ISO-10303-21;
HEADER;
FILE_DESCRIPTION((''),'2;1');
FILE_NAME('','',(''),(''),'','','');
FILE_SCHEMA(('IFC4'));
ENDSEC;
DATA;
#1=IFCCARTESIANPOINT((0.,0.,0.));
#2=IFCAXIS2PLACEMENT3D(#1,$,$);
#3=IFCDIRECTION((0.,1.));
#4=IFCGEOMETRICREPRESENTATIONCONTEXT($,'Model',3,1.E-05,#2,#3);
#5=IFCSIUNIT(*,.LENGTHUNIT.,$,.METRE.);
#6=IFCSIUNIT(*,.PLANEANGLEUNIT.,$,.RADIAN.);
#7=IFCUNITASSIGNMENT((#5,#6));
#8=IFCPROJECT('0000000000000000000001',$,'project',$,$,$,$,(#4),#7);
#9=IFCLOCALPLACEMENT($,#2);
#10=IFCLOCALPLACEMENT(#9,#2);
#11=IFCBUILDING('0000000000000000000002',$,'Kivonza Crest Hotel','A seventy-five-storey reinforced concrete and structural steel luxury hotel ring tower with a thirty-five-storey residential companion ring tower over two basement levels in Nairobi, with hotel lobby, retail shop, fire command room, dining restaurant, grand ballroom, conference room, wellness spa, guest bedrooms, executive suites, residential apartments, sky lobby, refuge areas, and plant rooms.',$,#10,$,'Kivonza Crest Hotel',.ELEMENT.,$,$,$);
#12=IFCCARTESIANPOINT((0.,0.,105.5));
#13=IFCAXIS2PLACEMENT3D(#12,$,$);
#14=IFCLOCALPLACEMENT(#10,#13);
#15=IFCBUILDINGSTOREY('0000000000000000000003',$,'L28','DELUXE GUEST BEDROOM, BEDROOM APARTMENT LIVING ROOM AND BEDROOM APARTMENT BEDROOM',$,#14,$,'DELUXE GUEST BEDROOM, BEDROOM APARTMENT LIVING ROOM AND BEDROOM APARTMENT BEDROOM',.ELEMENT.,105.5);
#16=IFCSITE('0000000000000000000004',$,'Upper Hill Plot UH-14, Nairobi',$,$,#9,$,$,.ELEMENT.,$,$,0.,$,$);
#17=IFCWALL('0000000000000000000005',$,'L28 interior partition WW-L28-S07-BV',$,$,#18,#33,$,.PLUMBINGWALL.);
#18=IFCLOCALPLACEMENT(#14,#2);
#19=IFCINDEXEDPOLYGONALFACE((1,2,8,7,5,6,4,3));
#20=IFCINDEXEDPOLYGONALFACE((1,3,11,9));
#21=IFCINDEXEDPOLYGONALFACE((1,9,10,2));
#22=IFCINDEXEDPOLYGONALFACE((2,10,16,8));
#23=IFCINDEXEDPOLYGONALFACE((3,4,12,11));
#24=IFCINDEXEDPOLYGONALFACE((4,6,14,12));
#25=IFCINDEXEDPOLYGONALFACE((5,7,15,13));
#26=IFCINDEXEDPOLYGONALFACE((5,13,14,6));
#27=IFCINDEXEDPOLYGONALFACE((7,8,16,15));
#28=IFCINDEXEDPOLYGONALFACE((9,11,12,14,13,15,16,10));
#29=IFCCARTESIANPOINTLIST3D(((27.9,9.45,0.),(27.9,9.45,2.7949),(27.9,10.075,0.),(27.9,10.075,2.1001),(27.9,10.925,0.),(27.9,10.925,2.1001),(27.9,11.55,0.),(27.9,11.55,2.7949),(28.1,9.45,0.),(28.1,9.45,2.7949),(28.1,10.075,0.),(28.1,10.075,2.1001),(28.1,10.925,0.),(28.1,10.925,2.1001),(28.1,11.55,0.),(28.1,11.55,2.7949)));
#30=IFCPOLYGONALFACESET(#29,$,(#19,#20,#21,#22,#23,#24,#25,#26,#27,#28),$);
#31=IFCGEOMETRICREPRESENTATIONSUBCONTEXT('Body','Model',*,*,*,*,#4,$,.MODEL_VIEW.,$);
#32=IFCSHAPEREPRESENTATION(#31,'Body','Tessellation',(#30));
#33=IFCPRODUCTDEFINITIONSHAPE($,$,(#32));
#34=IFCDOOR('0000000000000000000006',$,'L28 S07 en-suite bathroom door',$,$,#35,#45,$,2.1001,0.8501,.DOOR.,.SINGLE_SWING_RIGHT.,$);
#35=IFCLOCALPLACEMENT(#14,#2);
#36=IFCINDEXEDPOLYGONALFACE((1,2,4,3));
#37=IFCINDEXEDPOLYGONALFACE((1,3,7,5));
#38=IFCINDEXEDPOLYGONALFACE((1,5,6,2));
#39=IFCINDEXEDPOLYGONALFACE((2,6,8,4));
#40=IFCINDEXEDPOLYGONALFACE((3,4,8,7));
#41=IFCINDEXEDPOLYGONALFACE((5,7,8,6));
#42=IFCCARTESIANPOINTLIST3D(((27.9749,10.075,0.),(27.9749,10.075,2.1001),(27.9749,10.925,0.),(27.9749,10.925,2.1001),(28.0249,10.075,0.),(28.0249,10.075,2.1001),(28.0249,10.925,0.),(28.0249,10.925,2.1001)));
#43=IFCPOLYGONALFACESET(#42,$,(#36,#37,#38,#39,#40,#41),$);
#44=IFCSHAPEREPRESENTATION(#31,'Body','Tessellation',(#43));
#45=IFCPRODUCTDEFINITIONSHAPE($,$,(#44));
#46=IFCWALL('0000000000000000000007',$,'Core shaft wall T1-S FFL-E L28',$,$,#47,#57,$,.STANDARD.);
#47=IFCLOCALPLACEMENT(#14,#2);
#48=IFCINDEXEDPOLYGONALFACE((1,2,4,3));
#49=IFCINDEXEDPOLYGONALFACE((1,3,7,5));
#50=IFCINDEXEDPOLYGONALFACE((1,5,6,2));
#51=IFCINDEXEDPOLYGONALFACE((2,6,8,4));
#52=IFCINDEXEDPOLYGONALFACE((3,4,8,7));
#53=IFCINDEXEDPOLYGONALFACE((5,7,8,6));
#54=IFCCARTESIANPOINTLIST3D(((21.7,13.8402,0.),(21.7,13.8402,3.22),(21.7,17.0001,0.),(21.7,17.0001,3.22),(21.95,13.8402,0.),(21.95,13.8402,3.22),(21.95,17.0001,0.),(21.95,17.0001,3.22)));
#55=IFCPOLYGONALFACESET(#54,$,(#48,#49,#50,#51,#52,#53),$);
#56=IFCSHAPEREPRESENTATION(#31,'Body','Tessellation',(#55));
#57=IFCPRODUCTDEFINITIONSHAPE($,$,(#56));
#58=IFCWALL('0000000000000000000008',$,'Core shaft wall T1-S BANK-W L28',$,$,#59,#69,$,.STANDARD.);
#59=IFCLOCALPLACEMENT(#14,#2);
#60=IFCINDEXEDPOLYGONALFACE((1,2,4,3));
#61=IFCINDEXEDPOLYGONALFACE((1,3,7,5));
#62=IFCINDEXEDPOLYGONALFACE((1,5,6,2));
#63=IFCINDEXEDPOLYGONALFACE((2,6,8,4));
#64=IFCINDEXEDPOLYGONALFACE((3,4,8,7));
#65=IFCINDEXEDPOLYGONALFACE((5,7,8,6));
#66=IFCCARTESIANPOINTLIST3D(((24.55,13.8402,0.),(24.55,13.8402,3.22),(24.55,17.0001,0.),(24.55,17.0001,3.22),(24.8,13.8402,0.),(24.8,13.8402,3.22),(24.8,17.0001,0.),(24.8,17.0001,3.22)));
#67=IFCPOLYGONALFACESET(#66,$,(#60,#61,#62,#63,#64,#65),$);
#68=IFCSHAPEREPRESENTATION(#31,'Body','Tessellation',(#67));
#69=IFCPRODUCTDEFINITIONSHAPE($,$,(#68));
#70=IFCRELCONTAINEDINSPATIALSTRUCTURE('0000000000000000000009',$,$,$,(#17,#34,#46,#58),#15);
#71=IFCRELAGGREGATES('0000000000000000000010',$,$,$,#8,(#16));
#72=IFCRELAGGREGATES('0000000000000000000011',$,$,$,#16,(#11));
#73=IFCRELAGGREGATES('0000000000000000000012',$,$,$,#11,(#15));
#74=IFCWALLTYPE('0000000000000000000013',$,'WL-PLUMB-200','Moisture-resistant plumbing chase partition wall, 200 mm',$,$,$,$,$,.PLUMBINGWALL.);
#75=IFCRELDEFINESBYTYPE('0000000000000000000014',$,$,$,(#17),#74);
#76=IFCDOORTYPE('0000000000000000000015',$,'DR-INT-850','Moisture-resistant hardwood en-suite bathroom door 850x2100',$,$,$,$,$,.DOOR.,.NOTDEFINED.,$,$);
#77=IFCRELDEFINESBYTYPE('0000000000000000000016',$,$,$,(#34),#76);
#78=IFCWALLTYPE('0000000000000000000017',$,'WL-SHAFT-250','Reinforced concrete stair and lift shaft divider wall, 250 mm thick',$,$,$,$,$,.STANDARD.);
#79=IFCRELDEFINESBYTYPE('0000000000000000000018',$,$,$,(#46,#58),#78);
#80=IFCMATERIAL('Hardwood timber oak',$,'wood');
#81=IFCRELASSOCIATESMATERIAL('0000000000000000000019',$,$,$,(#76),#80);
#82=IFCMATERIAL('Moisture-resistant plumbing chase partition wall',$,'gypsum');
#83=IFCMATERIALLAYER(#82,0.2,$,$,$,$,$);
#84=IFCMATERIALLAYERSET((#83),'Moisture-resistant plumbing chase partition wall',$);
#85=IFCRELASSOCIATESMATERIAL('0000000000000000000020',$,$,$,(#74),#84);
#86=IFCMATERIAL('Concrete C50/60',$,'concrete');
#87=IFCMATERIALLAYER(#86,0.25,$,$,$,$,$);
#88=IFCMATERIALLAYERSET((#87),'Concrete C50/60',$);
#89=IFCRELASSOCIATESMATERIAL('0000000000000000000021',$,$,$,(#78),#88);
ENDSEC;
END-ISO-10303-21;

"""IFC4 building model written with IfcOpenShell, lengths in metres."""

from ifc_helpers import new_model, si_unit, direction, frame, frame_2d, origin, place, context, subcontext, project, spatial, rectangle, extrude, material, layer, layer_set, type_object, element, fill, save


model = new_model("IFC4")

# Units and contexts
model_context = context("Model", 3, precision=1e-05, world=origin(), true_north=direction((0.0, 1.0)))
body_context = subcontext(model_context, "Body", "Model", "MODEL_VIEW")
ifc_project = project(units=[si_unit("LENGTHUNIT", "METRE"), si_unit("PLANEANGLEUNIT", "RADIAN")], contexts=[model_context])

# Site, building, storey
site_placement = place(None, origin())
site = spatial("IfcSite", under=ifc_project, at=site_placement, Name="Upper Hill Plot UH-14, Nairobi", CompositionType="ELEMENT", RefElevation=0.0)
building_placement = place(site_placement, origin())
building = spatial("IfcBuilding", under=site, at=building_placement, Name="Kivonza Crest Hotel", Description="A seventy-five-storey reinforced concrete and structural steel luxury hotel ring tower with a thirty-five-storey residential companion ring tower over two basement levels in Nairobi, with hotel lobby, retail shop, fire command room, dining restaurant, grand ballroom, conference room, wellness spa, guest bedrooms, executive suites, residential apartments, sky lobby, refuge areas, and plant rooms.", LongName="Kivonza Crest Hotel", CompositionType="ELEMENT")
storey_placement = place(building_placement, frame((0.0, 0.0, 105.5)))
storey = spatial("IfcBuildingStorey", under=building, at=storey_placement, Name="L28", Description="DELUXE GUEST BEDROOM, BEDROOM APARTMENT LIVING ROOM AND BEDROOM APARTMENT BEDROOM", LongName="DELUXE GUEST BEDROOM, BEDROOM APARTMENT LIVING ROOM AND BEDROOM APARTMENT BEDROOM", CompositionType="ELEMENT", Elevation=105.5)

# Shared definitions
ifc_material_1 = material(Name="Hardwood timber oak", Category="wood")

# Shared definitions
door_type_1 = type_object("IfcDoorType", Name="DR-INT-850", Description="Moisture-resistant hardwood en-suite bathroom door 850x2100", OperationType="NOTDEFINED", PredefinedType="DOOR", material=ifc_material_1)

# Wall, opening, door
ifc_material_2 = material(Name="Moisture-resistant plumbing chase partition wall", Category="gypsum")
ifc_layer_1 = layer(ifc_material_2, 0.2)
ifc_layer_set_1 = layer_set([ifc_layer_1], Name="Moisture-resistant plumbing chase partition wall")
wall_type_1 = type_object("IfcWallType", Name="WL-PLUMB-200", Description="Moisture-resistant plumbing chase partition wall, 200 mm", PredefinedType="PLUMBINGWALL", material=ifc_layer_set_1)
wall_1_placement = place(storey_placement, frame((28.0, 9.45, 0.0), z_axis=(0.0, 0.0, 1.0), x_axis=(0.0, 1.0, 0.0)))
wall_1 = element("IfcWall", 1, at=wall_1_placement, inside=storey, type_object=wall_type_1, Name="L28 interior partition WW-L28-S07-BV", PredefinedType="PLUMBINGWALL", context=body_context, shape_type="SweptSolid", body=[
    extrude(rectangle(XDim=2.1001, YDim=0.2, at=frame_2d((1.05, 0.0))), origin(), (0.0, 0.0, 1.0), 2.7949),
])
opening_1_placement = place(wall_1_placement, frame((0.625, 0.0, 0.0)))
opening_1 = element("IfcOpeningElement", 2, at=opening_1_placement, cuts=wall_1, PredefinedType="OPENING", context=body_context, shape_type="SweptSolid", body=[
    extrude(rectangle(XDim=0.8501, YDim=2.1001, at=frame_2d((0.425, 1.05))), frame((0.0, 0.1099, 0.0), z_axis=(0.0, -1.0, 0.0), x_axis=(1.0, 0.0, 0.0)), (0.0, 0.0, 1.0), 0.22),
])
door_1_placement = place(opening_1_placement, frame((0.8501, 0.0, 0.0), z_axis=(0.0, 0.0, 1.0), x_axis=(-1.0, 0.0, 0.0)))
door_1 = element("IfcDoor", 3, at=door_1_placement, inside=storey, type_object=door_type_1, Name="L28 S07 en-suite bathroom door", OperationType="SINGLE_SWING_RIGHT", OverallHeight=2.1001, OverallWidth=0.8501, PredefinedType="DOOR", context=body_context, shape_type="SweptSolid", body=[
    extrude(rectangle(XDim=0.8501, YDim=2.1001, at=frame_2d((0.425, 1.05))), frame((0.0, 0.0249, 0.0), z_axis=(0.0, -1.0, 0.0), x_axis=(1.0, 0.0, 0.0)), (0.0, 0.0, 1.0), 0.05),
])
fill(opening_1, door_1)
ifc_material_3 = material(Name="Concrete C50/60", Category="concrete")
ifc_layer_2 = layer(ifc_material_3, 0.25)
ifc_layer_set_2 = layer_set([ifc_layer_2], Name="Concrete C50/60")
wall_type_2 = type_object("IfcWallType", Name="WL-SHAFT-250", Description="Reinforced concrete stair and lift shaft divider wall, 250 mm thick", PredefinedType="STANDARD", material=ifc_layer_set_2)

# Walls
for number, where, z_axis, x_axis, name in (
    (4, (21.825, 13.8401, 0.0), (0.0, 0.0, 1.0), (0.0, 1.0, 0.0), "Core shaft wall T1-S FFL-E L28"),
    (5, (24.675, 13.8401, 0.0), (0.0, 0.0, 1.0), (0.0, 1.0, 0.0), "Core shaft wall T1-S BANK-W L28"),
):
    element("IfcWall", number, at=place(storey_placement, frame(where, z_axis=z_axis, x_axis=x_axis)), inside=storey, type_object=wall_type_2, Name=name, PredefinedType="STANDARD", context=body_context, shape_type="SweptSolid", body=[
        extrude(rectangle(XDim=3.1599, YDim=0.25, at=frame_2d((1.5801, 0.0))), origin(), (0.0, 0.0, 1.0), 3.22),
    ])

save(model, "model.ifc")
